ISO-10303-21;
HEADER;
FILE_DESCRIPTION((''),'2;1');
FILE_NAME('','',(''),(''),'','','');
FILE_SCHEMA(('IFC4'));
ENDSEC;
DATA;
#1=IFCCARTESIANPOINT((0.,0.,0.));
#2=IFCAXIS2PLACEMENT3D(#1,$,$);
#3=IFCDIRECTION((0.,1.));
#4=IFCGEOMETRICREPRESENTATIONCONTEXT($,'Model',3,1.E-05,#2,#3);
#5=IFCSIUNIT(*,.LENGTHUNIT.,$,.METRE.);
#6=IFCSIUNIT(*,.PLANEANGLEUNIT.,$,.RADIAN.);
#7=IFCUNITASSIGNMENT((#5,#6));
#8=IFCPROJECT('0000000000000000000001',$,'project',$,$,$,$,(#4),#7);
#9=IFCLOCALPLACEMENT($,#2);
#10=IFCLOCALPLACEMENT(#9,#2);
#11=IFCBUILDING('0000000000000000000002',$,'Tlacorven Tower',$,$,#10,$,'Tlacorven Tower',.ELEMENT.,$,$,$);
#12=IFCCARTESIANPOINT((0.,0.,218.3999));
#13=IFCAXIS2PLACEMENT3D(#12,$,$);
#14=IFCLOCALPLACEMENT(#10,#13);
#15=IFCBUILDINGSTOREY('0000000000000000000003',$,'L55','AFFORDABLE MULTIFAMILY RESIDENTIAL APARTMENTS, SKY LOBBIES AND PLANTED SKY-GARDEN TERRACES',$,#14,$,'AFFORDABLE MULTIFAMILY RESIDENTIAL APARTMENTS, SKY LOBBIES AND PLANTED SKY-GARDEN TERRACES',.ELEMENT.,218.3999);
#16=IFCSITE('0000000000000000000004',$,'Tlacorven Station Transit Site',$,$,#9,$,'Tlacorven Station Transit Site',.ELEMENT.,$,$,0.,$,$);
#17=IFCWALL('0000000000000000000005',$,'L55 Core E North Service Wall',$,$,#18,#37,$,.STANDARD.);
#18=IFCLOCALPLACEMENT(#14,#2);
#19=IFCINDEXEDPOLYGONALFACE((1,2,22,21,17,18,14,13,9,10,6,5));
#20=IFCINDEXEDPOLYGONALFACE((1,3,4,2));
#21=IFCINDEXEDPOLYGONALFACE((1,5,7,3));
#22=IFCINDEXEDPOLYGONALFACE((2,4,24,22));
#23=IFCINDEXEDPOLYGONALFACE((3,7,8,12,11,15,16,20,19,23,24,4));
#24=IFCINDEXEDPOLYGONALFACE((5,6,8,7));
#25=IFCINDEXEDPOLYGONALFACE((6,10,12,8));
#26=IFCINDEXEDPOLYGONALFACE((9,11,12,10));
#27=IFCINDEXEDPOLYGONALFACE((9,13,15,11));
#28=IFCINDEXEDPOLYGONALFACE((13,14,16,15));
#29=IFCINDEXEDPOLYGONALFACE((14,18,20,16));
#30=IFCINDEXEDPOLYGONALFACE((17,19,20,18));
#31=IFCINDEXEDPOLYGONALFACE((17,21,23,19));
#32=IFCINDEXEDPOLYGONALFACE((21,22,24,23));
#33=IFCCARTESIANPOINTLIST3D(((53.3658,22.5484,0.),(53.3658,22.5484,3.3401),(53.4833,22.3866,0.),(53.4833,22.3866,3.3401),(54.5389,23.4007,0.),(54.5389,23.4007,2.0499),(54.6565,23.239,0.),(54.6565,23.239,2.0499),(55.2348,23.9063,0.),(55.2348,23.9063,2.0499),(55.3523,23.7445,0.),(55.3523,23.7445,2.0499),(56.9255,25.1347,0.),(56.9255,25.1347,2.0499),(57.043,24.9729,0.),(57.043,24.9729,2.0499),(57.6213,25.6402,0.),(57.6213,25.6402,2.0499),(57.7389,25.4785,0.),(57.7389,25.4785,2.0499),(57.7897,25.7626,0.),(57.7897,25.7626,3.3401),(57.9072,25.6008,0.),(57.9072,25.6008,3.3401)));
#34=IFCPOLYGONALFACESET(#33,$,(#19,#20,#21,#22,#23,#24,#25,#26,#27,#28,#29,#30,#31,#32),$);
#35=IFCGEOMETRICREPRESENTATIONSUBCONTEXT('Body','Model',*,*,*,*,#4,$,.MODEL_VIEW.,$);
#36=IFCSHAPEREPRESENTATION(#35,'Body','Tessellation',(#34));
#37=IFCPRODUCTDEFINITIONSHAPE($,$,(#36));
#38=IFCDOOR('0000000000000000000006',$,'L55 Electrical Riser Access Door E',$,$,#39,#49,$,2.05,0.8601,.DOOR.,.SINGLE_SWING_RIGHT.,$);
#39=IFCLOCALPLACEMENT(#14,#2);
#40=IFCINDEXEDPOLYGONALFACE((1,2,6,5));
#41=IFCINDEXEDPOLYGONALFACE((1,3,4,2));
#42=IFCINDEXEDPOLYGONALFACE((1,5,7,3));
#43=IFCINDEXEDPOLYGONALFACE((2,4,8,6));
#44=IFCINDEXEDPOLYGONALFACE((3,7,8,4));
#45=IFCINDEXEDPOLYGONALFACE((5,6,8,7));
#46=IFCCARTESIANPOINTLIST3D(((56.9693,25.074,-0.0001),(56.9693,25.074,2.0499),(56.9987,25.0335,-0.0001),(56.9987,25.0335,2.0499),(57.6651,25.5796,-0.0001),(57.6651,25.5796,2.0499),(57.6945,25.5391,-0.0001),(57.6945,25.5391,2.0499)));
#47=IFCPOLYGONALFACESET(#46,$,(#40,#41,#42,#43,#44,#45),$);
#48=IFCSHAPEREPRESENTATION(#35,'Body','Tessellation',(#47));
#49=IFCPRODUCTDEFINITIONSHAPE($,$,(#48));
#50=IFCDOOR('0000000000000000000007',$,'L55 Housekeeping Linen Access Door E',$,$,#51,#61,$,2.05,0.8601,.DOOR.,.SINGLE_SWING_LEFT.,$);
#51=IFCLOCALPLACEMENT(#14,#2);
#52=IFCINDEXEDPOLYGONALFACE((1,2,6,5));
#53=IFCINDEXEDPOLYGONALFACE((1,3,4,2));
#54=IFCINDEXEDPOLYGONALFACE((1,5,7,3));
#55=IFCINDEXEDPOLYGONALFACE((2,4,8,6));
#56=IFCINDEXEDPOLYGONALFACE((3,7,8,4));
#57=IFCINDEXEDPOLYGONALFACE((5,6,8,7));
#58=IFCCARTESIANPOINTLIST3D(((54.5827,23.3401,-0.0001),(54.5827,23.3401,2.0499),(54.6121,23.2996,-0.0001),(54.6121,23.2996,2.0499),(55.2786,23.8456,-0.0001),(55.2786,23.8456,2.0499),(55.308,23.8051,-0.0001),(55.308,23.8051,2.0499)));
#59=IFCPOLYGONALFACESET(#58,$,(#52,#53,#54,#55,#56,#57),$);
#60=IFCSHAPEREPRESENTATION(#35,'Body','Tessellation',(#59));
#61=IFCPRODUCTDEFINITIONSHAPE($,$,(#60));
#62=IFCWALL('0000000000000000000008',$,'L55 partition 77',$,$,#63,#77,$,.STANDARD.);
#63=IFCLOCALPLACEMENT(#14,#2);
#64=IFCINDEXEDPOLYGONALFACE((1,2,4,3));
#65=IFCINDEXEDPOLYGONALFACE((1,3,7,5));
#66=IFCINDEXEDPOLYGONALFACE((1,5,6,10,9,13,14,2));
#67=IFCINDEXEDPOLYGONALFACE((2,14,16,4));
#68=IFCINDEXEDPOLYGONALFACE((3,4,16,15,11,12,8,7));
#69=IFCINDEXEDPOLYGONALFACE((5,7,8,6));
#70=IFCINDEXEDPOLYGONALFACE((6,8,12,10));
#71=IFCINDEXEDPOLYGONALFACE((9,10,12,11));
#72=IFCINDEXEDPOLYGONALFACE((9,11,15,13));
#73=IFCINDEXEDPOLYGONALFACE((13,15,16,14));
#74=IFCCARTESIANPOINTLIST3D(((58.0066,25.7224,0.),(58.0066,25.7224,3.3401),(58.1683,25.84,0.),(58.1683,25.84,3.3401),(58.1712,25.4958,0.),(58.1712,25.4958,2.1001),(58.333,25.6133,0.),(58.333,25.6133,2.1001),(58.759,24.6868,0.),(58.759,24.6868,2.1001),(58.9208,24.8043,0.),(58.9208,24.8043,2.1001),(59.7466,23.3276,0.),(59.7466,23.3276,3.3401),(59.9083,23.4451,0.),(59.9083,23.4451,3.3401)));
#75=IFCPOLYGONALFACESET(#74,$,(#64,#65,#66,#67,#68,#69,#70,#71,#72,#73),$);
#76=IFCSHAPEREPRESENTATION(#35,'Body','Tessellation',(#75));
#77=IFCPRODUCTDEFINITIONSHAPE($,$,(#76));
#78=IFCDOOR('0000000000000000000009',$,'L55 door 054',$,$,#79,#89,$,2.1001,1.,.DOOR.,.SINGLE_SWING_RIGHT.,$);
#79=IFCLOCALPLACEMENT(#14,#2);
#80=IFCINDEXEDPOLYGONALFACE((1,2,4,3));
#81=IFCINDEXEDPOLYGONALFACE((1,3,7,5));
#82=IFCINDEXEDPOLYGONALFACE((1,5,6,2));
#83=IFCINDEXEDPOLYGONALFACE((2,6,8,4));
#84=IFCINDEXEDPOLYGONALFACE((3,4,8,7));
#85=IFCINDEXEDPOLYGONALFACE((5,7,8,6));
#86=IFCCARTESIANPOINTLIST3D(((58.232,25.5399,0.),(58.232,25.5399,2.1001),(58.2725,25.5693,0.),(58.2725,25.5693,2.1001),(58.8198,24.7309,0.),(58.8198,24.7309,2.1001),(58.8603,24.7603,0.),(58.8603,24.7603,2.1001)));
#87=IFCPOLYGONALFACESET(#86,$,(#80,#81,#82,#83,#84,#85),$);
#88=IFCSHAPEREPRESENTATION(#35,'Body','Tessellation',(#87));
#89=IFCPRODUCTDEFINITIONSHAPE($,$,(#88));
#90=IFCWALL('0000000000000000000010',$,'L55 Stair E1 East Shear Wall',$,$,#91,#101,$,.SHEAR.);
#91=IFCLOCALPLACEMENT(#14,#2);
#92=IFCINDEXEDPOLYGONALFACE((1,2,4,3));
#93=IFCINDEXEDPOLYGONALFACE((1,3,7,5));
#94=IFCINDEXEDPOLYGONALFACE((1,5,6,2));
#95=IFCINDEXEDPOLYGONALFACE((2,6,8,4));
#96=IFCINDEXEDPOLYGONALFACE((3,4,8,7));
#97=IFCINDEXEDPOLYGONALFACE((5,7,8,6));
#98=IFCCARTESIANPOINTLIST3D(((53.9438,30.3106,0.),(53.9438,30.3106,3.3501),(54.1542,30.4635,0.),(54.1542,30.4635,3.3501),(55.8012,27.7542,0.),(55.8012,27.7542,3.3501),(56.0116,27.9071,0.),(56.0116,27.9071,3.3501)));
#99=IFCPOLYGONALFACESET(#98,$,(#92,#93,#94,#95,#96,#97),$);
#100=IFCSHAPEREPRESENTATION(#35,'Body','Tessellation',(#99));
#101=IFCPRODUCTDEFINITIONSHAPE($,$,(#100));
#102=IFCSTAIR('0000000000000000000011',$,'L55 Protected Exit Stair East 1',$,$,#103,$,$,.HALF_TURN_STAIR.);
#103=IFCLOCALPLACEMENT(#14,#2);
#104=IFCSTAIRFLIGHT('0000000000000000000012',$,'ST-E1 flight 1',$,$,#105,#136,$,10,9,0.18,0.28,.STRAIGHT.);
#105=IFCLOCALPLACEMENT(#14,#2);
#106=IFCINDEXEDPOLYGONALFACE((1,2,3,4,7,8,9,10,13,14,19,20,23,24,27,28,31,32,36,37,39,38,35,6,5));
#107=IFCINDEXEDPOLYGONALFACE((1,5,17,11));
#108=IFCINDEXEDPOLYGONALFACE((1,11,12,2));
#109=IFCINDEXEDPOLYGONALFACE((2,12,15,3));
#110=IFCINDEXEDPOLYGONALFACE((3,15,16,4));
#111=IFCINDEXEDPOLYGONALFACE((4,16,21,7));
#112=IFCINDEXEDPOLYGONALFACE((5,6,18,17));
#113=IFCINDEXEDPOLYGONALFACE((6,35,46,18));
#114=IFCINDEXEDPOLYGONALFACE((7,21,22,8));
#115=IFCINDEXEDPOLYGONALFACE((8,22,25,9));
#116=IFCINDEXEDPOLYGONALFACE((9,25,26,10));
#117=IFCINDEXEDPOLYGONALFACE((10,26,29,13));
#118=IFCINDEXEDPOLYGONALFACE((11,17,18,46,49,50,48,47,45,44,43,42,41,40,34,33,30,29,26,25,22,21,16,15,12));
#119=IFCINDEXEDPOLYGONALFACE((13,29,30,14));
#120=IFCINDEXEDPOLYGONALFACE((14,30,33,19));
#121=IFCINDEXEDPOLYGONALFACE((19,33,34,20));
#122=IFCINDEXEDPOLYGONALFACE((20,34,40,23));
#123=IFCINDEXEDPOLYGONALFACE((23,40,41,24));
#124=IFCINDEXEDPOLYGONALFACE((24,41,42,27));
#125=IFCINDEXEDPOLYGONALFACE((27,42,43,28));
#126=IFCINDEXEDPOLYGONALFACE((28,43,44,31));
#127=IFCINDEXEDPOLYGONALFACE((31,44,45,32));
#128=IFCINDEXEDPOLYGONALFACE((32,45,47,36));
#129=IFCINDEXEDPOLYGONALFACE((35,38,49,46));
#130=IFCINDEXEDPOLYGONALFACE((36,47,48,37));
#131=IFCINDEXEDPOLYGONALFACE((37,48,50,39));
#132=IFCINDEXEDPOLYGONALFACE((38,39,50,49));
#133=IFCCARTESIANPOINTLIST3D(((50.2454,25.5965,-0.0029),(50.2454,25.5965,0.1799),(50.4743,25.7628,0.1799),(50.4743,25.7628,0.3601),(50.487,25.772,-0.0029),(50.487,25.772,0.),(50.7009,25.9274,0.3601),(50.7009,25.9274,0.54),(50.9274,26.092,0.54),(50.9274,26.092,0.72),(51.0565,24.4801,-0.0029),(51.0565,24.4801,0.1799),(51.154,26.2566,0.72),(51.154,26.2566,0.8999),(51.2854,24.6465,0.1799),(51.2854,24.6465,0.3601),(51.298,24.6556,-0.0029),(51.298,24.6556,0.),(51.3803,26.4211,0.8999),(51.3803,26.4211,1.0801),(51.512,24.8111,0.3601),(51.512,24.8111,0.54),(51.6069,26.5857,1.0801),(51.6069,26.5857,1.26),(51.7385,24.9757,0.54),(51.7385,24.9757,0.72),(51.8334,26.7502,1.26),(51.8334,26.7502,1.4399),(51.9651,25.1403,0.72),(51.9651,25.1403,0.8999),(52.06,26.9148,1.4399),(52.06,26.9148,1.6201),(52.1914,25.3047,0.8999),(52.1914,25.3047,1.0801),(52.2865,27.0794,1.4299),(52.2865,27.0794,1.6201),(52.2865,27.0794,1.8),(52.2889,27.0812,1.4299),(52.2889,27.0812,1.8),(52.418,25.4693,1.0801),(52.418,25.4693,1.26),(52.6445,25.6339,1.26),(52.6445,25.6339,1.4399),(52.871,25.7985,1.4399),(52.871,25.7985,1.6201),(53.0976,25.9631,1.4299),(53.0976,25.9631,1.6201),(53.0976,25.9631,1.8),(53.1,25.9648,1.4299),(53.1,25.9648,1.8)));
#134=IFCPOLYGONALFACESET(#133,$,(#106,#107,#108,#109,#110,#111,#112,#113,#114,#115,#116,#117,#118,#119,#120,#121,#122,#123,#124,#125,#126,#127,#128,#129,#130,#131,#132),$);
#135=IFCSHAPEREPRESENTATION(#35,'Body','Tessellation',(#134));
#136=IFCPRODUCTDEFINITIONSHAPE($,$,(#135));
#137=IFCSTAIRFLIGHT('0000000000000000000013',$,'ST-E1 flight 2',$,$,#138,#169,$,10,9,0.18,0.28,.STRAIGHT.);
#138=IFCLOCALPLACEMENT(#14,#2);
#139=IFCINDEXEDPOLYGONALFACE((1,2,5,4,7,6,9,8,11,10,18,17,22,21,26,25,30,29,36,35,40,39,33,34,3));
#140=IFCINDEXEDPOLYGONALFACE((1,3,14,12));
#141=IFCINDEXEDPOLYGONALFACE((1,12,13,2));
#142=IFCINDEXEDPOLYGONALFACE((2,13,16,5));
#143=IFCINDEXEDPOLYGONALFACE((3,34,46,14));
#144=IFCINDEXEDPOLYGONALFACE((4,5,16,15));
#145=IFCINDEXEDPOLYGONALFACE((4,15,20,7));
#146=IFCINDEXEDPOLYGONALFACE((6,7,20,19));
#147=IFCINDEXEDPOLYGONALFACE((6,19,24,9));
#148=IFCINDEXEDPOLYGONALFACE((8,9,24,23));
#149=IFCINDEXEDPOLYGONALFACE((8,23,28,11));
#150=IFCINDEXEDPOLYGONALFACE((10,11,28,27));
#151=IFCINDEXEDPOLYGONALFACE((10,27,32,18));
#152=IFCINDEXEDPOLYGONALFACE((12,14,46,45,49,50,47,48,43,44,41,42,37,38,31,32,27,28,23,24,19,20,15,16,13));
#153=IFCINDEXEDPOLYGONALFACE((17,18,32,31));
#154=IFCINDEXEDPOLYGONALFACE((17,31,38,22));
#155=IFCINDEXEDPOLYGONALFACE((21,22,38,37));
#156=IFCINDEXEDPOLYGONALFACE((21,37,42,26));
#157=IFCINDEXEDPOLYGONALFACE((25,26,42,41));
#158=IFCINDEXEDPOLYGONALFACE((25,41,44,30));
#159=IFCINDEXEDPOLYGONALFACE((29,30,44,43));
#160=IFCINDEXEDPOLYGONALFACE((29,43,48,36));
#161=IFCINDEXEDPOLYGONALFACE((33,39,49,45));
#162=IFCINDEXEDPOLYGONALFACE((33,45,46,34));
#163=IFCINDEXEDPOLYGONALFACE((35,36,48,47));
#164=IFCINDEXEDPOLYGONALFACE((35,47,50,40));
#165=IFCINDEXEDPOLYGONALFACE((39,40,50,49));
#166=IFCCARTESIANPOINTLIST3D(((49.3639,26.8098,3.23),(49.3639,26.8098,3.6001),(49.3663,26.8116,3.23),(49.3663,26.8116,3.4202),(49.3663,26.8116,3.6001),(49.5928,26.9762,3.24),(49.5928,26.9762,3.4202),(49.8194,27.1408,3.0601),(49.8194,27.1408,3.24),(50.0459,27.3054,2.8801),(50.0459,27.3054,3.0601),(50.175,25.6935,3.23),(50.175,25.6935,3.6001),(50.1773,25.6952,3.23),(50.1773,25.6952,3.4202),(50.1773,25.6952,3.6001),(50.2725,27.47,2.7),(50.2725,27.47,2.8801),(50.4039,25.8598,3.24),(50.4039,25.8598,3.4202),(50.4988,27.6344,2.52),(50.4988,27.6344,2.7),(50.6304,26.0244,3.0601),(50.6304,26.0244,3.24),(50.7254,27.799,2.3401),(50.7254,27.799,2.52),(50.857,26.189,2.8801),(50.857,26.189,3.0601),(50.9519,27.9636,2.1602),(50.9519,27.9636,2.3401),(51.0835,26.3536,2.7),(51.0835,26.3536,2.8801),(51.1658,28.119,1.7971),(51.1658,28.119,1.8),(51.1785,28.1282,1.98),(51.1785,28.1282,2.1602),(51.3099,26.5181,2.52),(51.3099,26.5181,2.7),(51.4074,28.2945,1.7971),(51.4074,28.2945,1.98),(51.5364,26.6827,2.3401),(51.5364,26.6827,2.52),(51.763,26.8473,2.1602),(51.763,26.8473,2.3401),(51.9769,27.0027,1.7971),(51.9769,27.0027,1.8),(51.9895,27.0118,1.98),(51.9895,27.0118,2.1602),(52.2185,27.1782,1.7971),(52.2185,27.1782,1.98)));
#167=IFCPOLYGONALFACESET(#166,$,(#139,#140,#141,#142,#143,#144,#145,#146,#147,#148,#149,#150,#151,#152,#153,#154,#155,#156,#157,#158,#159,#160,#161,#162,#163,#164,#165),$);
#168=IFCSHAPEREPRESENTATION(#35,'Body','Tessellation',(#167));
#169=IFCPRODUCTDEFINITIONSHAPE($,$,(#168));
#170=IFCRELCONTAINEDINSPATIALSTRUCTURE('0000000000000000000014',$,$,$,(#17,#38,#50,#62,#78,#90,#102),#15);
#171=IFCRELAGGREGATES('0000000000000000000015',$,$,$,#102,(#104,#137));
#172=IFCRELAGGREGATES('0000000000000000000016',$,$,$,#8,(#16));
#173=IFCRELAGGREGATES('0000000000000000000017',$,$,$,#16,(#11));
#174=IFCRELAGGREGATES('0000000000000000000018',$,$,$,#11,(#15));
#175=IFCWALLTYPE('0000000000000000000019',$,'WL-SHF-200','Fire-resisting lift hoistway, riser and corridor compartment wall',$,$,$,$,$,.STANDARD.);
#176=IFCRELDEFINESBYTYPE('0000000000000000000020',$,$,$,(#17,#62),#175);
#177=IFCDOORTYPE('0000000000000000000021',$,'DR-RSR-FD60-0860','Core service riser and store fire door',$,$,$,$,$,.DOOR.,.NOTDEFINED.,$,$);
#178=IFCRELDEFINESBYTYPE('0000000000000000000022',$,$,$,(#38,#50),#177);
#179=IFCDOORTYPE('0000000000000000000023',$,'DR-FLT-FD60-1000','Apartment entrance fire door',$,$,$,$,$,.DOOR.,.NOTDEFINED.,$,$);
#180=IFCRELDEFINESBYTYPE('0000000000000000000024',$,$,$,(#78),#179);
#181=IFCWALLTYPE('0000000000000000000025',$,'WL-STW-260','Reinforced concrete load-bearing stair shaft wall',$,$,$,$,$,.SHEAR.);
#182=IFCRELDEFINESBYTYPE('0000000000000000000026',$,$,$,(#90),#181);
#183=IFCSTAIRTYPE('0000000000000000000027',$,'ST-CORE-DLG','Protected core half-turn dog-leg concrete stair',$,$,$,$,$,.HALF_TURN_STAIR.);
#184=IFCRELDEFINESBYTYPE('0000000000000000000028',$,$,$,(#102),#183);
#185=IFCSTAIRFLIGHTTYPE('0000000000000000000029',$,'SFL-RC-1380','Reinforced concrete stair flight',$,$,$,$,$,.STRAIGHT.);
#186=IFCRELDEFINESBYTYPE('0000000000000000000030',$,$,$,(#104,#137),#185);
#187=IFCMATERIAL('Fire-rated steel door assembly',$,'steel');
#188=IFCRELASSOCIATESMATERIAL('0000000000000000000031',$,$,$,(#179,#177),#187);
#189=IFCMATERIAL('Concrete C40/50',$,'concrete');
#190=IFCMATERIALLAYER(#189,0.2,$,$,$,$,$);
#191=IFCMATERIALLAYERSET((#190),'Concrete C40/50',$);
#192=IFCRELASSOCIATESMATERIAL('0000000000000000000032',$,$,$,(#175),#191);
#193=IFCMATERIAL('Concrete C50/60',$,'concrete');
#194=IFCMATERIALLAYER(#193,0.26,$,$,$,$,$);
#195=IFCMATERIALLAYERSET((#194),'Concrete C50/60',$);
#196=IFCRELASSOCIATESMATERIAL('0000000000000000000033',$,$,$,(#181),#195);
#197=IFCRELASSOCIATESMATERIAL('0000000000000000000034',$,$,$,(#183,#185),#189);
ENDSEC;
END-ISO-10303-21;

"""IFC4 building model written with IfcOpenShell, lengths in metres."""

from ifc_helpers import new_model, si_unit, direction, frame, frame_2d, origin, place, context, subcontext, project, spatial, polyline, rectangle, outline, extrude, source, transform, mapped, material, layer, layer_set, type_object, element, fill, aggregate, save


model = new_model("IFC4")

# Units and contexts
model_context = context("Model", 3, precision=1e-05, world=origin(), true_north=direction((0.0, 1.0)))
body_context = subcontext(model_context, "Body", "Model", "MODEL_VIEW")
ifc_project = project(units=[si_unit("LENGTHUNIT", "METRE"), si_unit("PLANEANGLEUNIT", "RADIAN")], contexts=[model_context])

# Site, building, storey
site_placement = place(None, origin())
site = spatial("IfcSite", under=ifc_project, at=site_placement, Name="Tlacorven Station Transit Site", LongName="Tlacorven Station Transit Site", CompositionType="ELEMENT", RefElevation=0.0)
building_placement = place(site_placement, origin())
building = spatial("IfcBuilding", under=site, at=building_placement, Name="Tlacorven Tower", LongName="Tlacorven Tower", CompositionType="ELEMENT")
storey_placement = place(building_placement, frame((0.0, 0.0, 218.3999)))
storey = spatial("IfcBuildingStorey", under=building, at=storey_placement, Name="L55", Description="AFFORDABLE MULTIFAMILY RESIDENTIAL APARTMENTS, SKY LOBBIES AND PLANTED SKY-GARDEN TERRACES", LongName="AFFORDABLE MULTIFAMILY RESIDENTIAL APARTMENTS, SKY LOBBIES AND PLANTED SKY-GARDEN TERRACES", CompositionType="ELEMENT", Elevation=218.3999)

# Shared definitions
ifc_material_1 = material(Name="Concrete C50/60", Category="concrete")

# Shared definitions
ifc_material_2 = material(Name="Fire-rated steel door assembly", Category="steel")
door_type_1 = type_object("IfcDoorType", Name="DR-FLT-FD60-1000", Description="Apartment entrance fire door", OperationType="NOTDEFINED", PredefinedType="DOOR", material=ifc_material_2)
shared_shape_1 = source(origin(), body_context, "Body", "SweptSolid", [
    extrude(rectangle(XDim=1.0, YDim=2.1001, at=frame_2d((0.5, 1.05))), frame((0.0, 0.0249, 0.0), z_axis=(0.0, -1.0, 0.0), x_axis=(1.0, 0.0, 0.0)), (0.0, 0.0, 1.0), 0.05),
])

# Shared definitions
ifc_material_3 = material(Name="Concrete C40/50", Category="concrete")
ifc_layer_1 = layer(ifc_material_3, 0.2)
ifc_layer_set_1 = layer_set([ifc_layer_1], Name="Concrete C40/50")
wall_type_1 = type_object("IfcWallType", Name="WL-SHF-200", Description="Fire-resisting lift hoistway, riser and corridor compartment wall", PredefinedType="STANDARD", material=ifc_layer_set_1)

# Wall, openings, doors
wall_1_placement = place(storey_placement, frame((53.4246, 22.4675, 0.0), z_axis=(0.0, 0.0, 1.0), x_axis=(0.809016, 0.587787, 0.0)))
wall_1 = element("IfcWall", 1, at=wall_1_placement, inside=storey, type_object=wall_type_1, Name="L55 Core E North Service Wall", PredefinedType="STANDARD", context=body_context, shape_type="SweptSolid", body=[
    extrude(rectangle(XDim=5.4683, YDim=0.2, at=frame_2d((2.7341, 0.0))), origin(), (0.0, 0.0, 1.0), 3.3401),
])
opening_1_placement = place(wall_1_placement, frame((4.3999, 0.0, 0.0)))
opening_1 = element("IfcOpeningElement", 2, at=opening_1_placement, cuts=wall_1, PredefinedType="OPENING", context=body_context, shape_type="SweptSolid", body=[
    extrude(rectangle(XDim=0.8601, YDim=2.05, at=frame_2d((0.4302, 1.0249))), frame((0.0, 0.1099, 0.0), z_axis=(0.0, -1.0, 0.0), x_axis=(1.0, 0.0, 0.0)), (0.0, 0.0, 1.0), 0.22),
])
opening_2_placement = place(wall_1_placement, frame((1.45, 0.0, 0.0)))
opening_2 = element("IfcOpeningElement", 3, at=opening_2_placement, cuts=wall_1, PredefinedType="OPENING", context=body_context, shape_type="SweptSolid", body=[
    extrude(rectangle(XDim=0.8601, YDim=2.05, at=frame_2d((0.4302, 1.0249))), frame((0.0, 0.1099, 0.0), z_axis=(0.0, -1.0, 0.0), x_axis=(1.0, 0.0, 0.0)), (0.0, 0.0, 1.0), 0.22),
])
door_type_2 = type_object("IfcDoorType", Name="DR-RSR-FD60-0860", Description="Core service riser and store fire door", OperationType="NOTDEFINED", PredefinedType="DOOR", material=ifc_material_2)
shared_shape_2 = source(origin(), body_context, "Body", "SweptSolid", [
    extrude(rectangle(XDim=0.8601, YDim=2.05, at=frame_2d((0.4302, 1.0249))), frame((0.0, 0.0249, 0.0), z_axis=(0.0, -1.0, 0.0), x_axis=(1.0, 0.0, 0.0)), (0.0, 0.0, 1.0), 0.05),
])
door_1_placement = place(opening_1_placement, frame((0.8601, 0.0, 0.0), z_axis=(0.0, 0.0, 1.0), x_axis=(-1.0, 0.0, 0.0)))
door_1 = element("IfcDoor", 4, at=door_1_placement, inside=storey, type_object=door_type_2, Name="L55 Electrical Riser Access Door E", OperationType="SINGLE_SWING_RIGHT", OverallHeight=2.05, OverallWidth=0.8601, PredefinedType="DOOR", context=body_context, shape_type="MappedRepresentation", body=[
    mapped(shared_shape_2, transform((0.0, 0.0, 0.0), scale=1.0)),
])
fill(opening_1, door_1)
door_2_placement = place(opening_2_placement, frame((0.8601, 0.0, 0.0), z_axis=(0.0, 0.0, 1.0), x_axis=(-1.0, 0.0, 0.0)))
door_2 = element("IfcDoor", 5, at=door_2_placement, inside=storey, type_object=door_type_2, Name="L55 Housekeeping Linen Access Door E", OperationType="SINGLE_SWING_LEFT", OverallHeight=2.05, OverallWidth=0.8601, PredefinedType="DOOR", context=body_context, shape_type="MappedRepresentation", body=[
    mapped(shared_shape_2, transform((0.0, 0.0, 0.0), scale=1.0)),
])
fill(opening_2, door_2)

# Wall, opening, door
wall_2_placement = place(storey_placement, frame((59.8274, 23.3865, 0.0), z_axis=(0.0, 0.0, 1.0), x_axis=(-0.587804, 0.809003, 0.0)))
wall_2 = element("IfcWall", 6, at=wall_2_placement, inside=storey, type_object=wall_type_1, Name="L55 partition 77", PredefinedType="STANDARD", context=body_context, shape_type="SweptSolid", body=[
    extrude(rectangle(XDim=2.9602, YDim=0.2, at=frame_2d((1.48, 0.0))), origin(), (0.0, 0.0, 1.0), 3.3401),
])
opening_3_placement = place(wall_2_placement, frame((1.6799, 0.0, 0.0)))
opening_3 = element("IfcOpeningElement", 7, at=opening_3_placement, cuts=wall_2, PredefinedType="OPENING", context=body_context, shape_type="SweptSolid", body=[
    extrude(rectangle(XDim=1.0, YDim=2.1001, at=frame_2d((0.5, 1.05))), frame((0.0, 0.1099, 0.0), z_axis=(0.0, -1.0, 0.0), x_axis=(1.0, 0.0, 0.0)), (0.0, 0.0, 1.0), 0.22),
])
door_3_placement = place(opening_3_placement, origin())
door_3 = element("IfcDoor", 8, at=door_3_placement, inside=storey, type_object=door_type_1, Name="L55 door 054", OperationType="SINGLE_SWING_RIGHT", OverallHeight=2.1001, OverallWidth=1.0, PredefinedType="DOOR", context=body_context, shape_type="MappedRepresentation", body=[
    mapped(shared_shape_1, transform((0.0, 0.0, 0.0), scale=1.0)),
])
fill(opening_3, door_3)

# Wall
ifc_layer_2 = layer(ifc_material_1, 0.26)
ifc_layer_set_2 = layer_set([ifc_layer_2], Name="Concrete C50/60")
wall_type_2 = type_object("IfcWallType", Name="WL-STW-260", Description="Reinforced concrete load-bearing stair shaft wall", PredefinedType="SHEAR", material=ifc_layer_set_2)
wall_3_placement = place(storey_placement, frame((55.9065, 27.8306, 0.0), z_axis=(0.0, 0.0, 1.0), x_axis=(-0.587804, 0.809003, 0.0)))
element("IfcWall", 9, at=wall_3_placement, inside=storey, type_object=wall_type_2, Name="L55 Stair E1 East Shear Wall", PredefinedType="SHEAR", context=body_context, shape_type="SweptSolid", body=[
    extrude(rectangle(XDim=3.1599, YDim=0.26, at=frame_2d((1.5801, 0.0))), origin(), (0.0, 0.0, 1.0), 3.3501),
])

# Stair, stair flights
stair_type = type_object("IfcStairType", Name="ST-CORE-DLG", Description="Protected core half-turn dog-leg concrete stair", PredefinedType="HALF_TURN_STAIR", material=ifc_material_3)
stair_placement = place(storey_placement, origin())
stair = element("IfcStair", 10, at=stair_placement, inside=storey, type_object=stair_type, Name="L55 Protected Exit Stair East 1", PredefinedType="HALF_TURN_STAIR")
stair_flight_type = type_object("IfcStairFlightType", Name="SFL-RC-1380", Description="Reinforced concrete stair flight", PredefinedType="STRAIGHT", material=ifc_material_3)
shared_shape_3 = source(origin(), body_context, "Body", "SweptSolid", [
    extrude(outline(polyline([(-0.0029, -0.0029), (-0.0029, 0.1799), (0.28, 0.1799), (0.28, 0.3601), (0.5601, 0.3601), (0.5601, 0.54), (0.8401, 0.54), (0.8401, 0.72), (1.1201, 0.72), (1.1201, 0.8999), (1.3999, 0.8999), (1.3999, 1.0801), (1.6799, 1.0801), (1.6799, 1.26), (1.96, 1.26), (1.96, 1.4399), (2.24, 1.4399), (2.24, 1.6201), (2.52, 1.6201), (2.52, 1.8), (2.5229, 1.8), (2.5229, 1.4299), (2.52, 1.4299), (0.2957, 0.0), (0.2957, -0.0029), (-0.0029, -0.0029)])), frame((0.0, 0.6899, 0.0), z_axis=(0.0, -1.0, 0.0), x_axis=(1.0, 0.0, 0.0)), (0.0, 0.0, 1.0), 1.3799),
])
stair_flight_1_placement = place(storey_placement, frame((50.6533, 25.04, 0.0), z_axis=(0.0, 0.0, 1.0), x_axis=(0.809017, 0.587785, 0.0)))
stair_flight_1 = element("IfcStairFlight", 11, at=stair_flight_1_placement, type_object=stair_flight_type, Name="ST-E1 flight 1", NumberOfRisers=10, NumberOfTreads=9, PredefinedType="STRAIGHT", RiserHeight=0.18, TreadLength=0.28, context=body_context, shape_type="MappedRepresentation", body=[
    mapped(shared_shape_3, transform((0.0, 0.0, 0.0), scale=1.0)),
])
stair_flight_2_placement = place(storey_placement, frame((51.8105, 27.7346, 1.8), z_axis=(0.0, 0.0, 1.0), x_axis=(-0.809017, -0.587785, 0.0)))
stair_flight_2 = element("IfcStairFlight", 12, at=stair_flight_2_placement, type_object=stair_flight_type, Name="ST-E1 flight 2", NumberOfRisers=10, NumberOfTreads=9, PredefinedType="STRAIGHT", RiserHeight=0.18, TreadLength=0.28, context=body_context, shape_type="MappedRepresentation", body=[
    mapped(shared_shape_3, transform((0.0, 0.0, 0.0), scale=1.0)),
])
aggregate(stair, [stair_flight_1, stair_flight_2])

save(model, "model.ifc")
